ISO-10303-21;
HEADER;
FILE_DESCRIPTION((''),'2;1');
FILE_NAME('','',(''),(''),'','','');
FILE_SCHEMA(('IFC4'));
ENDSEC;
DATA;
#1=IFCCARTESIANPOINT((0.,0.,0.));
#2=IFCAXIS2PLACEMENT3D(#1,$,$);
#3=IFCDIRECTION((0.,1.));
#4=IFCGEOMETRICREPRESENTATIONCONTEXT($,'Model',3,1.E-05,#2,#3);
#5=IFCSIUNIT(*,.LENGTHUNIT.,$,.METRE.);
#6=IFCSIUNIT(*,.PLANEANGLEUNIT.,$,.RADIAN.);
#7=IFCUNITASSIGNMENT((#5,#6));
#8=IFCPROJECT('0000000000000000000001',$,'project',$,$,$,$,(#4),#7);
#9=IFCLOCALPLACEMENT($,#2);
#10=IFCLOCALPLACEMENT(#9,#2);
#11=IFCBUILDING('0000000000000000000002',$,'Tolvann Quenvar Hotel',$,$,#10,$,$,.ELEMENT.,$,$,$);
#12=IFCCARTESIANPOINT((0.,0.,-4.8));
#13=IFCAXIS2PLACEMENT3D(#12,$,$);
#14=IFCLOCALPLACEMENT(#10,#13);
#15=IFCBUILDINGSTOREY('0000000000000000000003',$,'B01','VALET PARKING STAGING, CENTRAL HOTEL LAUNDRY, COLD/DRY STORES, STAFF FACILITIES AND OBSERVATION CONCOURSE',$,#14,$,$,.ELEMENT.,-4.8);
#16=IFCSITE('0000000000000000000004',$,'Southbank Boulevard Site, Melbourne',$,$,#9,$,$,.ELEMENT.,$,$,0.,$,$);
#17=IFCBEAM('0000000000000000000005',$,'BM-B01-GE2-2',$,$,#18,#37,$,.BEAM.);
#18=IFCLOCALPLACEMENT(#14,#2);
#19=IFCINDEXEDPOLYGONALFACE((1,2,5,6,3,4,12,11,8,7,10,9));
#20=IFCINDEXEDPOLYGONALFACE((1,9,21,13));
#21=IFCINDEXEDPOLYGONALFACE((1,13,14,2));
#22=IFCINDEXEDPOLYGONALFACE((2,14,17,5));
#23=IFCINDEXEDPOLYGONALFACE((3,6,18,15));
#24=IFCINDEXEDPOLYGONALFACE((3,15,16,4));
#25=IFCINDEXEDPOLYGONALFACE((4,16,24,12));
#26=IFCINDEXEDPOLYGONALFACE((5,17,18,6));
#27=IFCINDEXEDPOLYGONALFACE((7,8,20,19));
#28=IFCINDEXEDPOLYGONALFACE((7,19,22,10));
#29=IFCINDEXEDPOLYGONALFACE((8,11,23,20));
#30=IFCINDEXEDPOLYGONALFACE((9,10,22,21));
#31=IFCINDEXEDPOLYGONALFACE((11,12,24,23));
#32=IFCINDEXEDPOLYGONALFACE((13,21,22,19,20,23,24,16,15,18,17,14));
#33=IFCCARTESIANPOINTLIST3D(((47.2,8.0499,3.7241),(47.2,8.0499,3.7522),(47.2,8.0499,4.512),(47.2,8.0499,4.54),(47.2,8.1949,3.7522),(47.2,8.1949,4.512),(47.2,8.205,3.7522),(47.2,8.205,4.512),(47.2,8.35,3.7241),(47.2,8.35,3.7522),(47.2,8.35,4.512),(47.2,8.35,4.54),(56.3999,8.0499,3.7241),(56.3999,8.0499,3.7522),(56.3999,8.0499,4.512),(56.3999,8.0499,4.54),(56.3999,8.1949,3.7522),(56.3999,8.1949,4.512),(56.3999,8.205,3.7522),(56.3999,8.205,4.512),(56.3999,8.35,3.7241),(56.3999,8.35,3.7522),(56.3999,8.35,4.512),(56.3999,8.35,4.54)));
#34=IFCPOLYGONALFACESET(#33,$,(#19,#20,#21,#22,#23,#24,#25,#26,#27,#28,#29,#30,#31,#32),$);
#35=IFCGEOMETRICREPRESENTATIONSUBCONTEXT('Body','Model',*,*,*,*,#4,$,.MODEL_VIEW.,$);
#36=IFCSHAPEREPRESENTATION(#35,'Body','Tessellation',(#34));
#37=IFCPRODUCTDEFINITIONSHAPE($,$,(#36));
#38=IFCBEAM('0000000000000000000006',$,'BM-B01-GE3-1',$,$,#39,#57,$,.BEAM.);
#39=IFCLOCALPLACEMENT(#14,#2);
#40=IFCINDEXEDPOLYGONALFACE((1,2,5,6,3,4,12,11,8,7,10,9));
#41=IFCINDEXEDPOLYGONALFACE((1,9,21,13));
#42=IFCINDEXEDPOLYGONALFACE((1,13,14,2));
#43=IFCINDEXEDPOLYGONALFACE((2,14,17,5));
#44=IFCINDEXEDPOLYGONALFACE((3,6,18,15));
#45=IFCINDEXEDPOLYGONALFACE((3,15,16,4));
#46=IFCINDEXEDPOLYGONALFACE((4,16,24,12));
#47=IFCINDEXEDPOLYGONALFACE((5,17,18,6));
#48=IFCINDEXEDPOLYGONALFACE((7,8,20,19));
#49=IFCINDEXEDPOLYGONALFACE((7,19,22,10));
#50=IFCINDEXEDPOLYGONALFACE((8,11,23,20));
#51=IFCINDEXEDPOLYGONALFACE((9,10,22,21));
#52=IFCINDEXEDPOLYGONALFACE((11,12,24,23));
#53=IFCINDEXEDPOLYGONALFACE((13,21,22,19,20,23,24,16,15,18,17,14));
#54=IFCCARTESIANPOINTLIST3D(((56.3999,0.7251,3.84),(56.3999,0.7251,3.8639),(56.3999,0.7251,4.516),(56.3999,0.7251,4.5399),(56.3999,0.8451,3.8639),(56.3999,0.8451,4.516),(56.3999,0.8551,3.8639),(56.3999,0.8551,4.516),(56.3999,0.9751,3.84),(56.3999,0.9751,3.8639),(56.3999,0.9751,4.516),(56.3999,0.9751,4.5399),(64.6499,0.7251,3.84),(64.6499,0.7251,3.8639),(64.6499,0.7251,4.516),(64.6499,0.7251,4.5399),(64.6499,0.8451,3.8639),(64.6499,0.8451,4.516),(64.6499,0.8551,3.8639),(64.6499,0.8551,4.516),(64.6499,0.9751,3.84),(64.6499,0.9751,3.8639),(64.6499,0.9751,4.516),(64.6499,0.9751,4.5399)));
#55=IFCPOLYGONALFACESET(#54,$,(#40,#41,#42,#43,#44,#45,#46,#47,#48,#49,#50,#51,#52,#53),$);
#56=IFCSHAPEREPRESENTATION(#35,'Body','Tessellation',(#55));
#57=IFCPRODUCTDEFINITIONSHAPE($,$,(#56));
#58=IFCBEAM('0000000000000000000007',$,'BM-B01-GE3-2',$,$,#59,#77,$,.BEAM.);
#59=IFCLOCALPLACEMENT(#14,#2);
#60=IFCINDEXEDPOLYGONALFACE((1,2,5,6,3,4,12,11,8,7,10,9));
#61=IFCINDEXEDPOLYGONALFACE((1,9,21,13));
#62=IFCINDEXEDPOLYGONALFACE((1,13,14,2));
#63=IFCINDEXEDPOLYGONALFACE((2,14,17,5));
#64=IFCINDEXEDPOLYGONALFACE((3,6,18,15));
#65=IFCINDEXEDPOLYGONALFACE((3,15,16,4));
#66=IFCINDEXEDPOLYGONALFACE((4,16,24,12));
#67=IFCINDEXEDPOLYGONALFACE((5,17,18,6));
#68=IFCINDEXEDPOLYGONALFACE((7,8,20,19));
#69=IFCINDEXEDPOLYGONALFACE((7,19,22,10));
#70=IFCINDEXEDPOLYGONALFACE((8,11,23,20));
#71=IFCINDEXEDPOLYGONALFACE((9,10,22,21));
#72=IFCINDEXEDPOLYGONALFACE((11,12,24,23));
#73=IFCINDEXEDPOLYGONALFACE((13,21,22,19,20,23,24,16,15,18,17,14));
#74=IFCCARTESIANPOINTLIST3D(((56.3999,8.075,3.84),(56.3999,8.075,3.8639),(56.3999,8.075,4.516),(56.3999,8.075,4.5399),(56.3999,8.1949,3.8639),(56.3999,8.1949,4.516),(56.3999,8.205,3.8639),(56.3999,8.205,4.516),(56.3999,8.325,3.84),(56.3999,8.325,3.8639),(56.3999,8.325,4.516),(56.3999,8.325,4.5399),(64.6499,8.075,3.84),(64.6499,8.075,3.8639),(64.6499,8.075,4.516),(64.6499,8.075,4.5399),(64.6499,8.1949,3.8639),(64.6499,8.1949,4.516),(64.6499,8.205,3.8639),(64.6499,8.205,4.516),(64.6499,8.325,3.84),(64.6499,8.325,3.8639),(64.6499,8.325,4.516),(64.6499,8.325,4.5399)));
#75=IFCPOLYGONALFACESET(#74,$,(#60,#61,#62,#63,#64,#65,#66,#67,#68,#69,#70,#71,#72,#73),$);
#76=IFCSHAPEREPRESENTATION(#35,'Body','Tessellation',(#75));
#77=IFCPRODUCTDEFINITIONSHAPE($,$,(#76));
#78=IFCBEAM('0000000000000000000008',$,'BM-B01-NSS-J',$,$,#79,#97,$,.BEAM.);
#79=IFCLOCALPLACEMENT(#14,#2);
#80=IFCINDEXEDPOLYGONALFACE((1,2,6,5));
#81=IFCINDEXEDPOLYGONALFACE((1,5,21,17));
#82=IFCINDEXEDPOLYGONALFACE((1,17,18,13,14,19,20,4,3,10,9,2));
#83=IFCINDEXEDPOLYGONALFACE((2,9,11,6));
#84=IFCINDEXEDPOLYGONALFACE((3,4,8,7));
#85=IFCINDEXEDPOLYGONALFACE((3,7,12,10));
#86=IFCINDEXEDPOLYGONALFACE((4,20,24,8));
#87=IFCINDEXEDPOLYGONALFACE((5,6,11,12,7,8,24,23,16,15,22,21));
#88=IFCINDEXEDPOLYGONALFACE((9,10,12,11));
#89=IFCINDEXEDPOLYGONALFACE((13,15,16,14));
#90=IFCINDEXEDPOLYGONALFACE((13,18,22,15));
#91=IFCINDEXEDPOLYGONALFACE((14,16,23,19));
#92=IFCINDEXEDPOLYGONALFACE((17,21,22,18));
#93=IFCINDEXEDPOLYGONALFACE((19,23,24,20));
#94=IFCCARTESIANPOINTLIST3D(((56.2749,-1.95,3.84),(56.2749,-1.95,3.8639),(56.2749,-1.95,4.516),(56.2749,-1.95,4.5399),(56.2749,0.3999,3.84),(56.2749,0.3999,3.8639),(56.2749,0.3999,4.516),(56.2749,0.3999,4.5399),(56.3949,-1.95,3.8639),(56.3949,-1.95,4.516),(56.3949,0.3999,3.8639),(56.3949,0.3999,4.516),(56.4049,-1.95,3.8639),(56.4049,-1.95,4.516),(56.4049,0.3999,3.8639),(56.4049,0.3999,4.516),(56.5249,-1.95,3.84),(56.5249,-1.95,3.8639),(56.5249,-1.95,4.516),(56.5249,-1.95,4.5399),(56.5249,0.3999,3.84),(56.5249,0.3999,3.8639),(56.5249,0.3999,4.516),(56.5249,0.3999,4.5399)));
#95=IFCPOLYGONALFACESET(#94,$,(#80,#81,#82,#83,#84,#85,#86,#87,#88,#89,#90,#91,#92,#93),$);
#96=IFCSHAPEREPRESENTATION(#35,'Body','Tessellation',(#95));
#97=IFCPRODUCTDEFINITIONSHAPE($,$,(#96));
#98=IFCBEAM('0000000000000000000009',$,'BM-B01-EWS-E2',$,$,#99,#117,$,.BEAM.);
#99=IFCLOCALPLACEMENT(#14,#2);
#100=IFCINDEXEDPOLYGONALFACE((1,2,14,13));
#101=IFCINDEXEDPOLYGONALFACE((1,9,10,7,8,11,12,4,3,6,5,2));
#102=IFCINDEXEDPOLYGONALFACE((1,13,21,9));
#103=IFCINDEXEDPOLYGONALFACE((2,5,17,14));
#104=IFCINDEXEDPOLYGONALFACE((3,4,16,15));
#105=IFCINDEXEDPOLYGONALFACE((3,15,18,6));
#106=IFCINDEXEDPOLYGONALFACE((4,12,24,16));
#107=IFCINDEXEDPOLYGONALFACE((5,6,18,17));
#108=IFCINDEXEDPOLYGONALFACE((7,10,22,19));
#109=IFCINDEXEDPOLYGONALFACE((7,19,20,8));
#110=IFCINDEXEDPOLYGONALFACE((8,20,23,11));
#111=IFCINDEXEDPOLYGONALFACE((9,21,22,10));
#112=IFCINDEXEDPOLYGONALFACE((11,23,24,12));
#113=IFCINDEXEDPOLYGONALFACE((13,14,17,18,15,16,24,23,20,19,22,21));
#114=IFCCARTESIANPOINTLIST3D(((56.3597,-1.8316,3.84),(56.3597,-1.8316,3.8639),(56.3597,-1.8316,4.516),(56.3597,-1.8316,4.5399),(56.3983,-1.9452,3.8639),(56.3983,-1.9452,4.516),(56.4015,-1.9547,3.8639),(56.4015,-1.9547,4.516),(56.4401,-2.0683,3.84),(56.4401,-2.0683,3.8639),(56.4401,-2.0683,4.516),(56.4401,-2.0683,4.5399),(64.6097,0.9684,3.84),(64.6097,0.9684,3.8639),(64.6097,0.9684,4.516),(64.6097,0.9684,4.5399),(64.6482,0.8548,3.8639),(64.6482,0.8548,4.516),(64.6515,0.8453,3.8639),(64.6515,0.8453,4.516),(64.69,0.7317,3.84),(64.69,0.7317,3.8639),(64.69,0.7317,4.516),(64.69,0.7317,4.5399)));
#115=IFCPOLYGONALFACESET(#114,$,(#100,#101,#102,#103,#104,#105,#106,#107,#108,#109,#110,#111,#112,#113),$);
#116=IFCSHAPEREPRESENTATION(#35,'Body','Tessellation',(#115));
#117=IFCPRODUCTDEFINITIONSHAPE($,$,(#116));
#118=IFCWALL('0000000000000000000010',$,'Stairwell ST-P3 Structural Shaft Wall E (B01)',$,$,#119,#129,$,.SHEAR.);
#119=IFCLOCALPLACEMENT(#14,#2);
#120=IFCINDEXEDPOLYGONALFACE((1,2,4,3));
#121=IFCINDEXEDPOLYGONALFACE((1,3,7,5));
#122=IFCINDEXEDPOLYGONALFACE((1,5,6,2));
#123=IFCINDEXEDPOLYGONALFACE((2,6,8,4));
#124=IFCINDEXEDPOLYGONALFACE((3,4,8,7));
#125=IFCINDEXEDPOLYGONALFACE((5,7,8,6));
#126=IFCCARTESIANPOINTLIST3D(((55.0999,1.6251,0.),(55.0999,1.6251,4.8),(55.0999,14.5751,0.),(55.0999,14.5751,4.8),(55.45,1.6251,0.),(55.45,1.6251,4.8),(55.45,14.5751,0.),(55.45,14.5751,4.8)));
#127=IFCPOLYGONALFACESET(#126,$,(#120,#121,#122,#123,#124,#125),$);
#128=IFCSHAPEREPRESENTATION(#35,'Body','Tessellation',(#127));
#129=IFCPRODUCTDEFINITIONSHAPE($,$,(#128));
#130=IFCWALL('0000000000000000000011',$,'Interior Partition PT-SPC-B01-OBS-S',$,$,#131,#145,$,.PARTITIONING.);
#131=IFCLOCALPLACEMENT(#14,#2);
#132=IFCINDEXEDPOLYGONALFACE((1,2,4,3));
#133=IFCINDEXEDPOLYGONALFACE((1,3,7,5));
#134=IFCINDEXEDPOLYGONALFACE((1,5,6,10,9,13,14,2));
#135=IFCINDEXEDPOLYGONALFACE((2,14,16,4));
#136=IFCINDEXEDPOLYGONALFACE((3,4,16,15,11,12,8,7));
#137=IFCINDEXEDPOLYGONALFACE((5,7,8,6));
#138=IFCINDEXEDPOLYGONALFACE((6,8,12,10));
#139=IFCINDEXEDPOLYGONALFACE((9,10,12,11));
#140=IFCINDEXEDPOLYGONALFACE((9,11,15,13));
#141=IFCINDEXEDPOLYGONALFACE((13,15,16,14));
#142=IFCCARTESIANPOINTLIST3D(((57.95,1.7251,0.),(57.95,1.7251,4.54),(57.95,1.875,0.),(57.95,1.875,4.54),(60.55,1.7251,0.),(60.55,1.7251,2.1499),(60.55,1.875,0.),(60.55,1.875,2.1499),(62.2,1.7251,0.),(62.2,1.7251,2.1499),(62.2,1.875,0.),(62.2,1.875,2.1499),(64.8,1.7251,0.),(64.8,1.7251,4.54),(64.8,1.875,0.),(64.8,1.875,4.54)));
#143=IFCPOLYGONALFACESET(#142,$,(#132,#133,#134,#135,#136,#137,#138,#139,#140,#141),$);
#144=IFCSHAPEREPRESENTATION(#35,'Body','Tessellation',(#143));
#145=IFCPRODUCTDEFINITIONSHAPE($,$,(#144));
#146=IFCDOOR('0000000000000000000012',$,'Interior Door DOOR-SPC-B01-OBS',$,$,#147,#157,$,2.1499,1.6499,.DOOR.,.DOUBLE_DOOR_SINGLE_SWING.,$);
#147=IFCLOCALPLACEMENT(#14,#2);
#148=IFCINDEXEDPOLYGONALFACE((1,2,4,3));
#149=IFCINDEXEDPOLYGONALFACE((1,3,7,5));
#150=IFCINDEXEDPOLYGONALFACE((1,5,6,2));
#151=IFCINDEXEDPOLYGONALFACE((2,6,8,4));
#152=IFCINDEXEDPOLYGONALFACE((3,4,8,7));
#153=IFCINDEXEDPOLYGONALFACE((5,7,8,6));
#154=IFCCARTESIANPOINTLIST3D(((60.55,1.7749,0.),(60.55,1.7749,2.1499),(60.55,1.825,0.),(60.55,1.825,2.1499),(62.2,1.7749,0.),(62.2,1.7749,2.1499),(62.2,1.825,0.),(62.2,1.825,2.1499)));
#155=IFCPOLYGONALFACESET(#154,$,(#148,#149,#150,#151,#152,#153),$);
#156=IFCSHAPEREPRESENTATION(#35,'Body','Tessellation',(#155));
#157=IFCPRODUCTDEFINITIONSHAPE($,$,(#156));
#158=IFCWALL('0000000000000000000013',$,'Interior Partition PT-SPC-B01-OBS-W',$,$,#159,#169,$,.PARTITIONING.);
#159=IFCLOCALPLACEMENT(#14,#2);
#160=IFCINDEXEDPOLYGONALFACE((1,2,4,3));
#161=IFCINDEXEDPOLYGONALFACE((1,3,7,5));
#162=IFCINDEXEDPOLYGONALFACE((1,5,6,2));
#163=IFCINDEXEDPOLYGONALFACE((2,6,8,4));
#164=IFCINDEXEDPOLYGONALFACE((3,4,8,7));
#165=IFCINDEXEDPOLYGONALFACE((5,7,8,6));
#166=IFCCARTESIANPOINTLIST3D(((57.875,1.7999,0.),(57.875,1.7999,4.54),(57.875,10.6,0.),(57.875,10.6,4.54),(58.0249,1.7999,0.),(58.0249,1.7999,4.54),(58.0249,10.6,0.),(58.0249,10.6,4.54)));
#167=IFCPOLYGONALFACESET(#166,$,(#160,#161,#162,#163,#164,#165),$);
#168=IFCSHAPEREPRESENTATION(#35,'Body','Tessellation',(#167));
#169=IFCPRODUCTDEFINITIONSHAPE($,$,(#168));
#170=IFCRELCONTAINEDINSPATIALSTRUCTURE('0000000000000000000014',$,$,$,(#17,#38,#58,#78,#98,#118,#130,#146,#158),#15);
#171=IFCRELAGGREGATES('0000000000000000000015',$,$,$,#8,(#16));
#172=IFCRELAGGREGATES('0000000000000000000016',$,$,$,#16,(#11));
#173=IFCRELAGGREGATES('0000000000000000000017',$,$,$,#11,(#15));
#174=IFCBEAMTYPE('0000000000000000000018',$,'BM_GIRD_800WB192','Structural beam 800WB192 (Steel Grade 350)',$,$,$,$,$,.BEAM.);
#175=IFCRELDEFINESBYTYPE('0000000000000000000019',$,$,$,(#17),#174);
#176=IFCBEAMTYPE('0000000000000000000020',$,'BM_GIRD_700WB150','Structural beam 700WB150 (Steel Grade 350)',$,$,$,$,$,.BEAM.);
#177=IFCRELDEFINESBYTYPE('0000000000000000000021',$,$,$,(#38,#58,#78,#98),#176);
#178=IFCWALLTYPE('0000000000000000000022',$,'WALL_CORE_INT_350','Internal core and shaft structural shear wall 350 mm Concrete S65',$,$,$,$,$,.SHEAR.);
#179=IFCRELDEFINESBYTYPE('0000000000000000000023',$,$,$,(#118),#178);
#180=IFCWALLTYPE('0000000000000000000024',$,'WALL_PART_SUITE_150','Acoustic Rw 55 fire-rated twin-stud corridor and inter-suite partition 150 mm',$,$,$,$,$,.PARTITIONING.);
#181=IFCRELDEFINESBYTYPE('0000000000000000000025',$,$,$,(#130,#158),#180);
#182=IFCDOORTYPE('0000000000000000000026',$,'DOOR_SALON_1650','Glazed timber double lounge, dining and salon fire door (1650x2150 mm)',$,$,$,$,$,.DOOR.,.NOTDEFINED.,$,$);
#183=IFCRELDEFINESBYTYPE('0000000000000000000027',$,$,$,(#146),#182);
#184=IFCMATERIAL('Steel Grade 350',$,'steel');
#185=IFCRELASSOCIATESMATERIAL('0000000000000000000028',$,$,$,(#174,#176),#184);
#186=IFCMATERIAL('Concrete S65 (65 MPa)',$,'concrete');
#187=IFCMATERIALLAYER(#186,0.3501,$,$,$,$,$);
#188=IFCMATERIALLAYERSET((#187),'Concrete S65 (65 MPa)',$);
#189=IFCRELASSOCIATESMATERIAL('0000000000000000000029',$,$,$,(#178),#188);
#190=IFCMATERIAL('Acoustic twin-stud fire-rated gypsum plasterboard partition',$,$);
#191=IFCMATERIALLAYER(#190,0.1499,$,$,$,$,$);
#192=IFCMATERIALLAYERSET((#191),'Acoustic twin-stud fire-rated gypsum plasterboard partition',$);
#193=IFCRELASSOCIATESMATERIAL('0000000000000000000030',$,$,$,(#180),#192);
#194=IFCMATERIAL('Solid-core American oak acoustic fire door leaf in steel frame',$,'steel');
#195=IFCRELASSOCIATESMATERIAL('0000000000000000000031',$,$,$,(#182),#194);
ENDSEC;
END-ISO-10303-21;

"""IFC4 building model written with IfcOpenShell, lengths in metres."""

from ifc_helpers import new_model, si_unit, direction, frame, frame_2d, origin, origin_2d, place, context, subcontext, project, spatial, rectangle, i_section, extrude, source, transform, mapped, material, layer, layer_set, material_profile, profile_set, type_object, type_shapes, element, fill, save


model = new_model("IFC4")

# Units and contexts
model_context = context("Model", 3, precision=1e-05, world=origin(), true_north=direction((0.0, 1.0)))
body_context = subcontext(model_context, "Body", "Model", "MODEL_VIEW")
ifc_project = project(units=[si_unit("LENGTHUNIT", "METRE"), si_unit("PLANEANGLEUNIT", "RADIAN")], contexts=[model_context])

# Site, building, storey
site_placement = place(None, origin())
site = spatial("IfcSite", under=ifc_project, at=site_placement, Name="Southbank Boulevard Site, Melbourne", CompositionType="ELEMENT", RefElevation=0.0)
building_placement = place(site_placement, origin())
building = spatial("IfcBuilding", under=site, at=building_placement, Name="Tolvann Quenvar Hotel", CompositionType="ELEMENT")
storey_placement = place(building_placement, frame((0.0, 0.0, -4.8)))
storey = spatial("IfcBuildingStorey", under=building, at=storey_placement, Name="B01", Description="VALET PARKING STAGING, CENTRAL HOTEL LAUNDRY, COLD/DRY STORES, STAFF FACILITIES AND OBSERVATION CONCOURSE", CompositionType="ELEMENT", Elevation=-4.8)

# Beams
ifc_material_1 = material(Name="Steel Grade 350", Category="steel")
ifc_material_profile_1 = material_profile(ifc_material_1, i_section(OverallWidth=0.3, OverallDepth=0.8159, WebThickness=0.01, FlangeThickness=0.0281, at=origin_2d()), Name="800WB192")
ifc_profile_set_1 = profile_set([ifc_material_profile_1], Name="Steel Grade 350")
beam_type_1 = type_object("IfcBeamType", Name="BM_GIRD_800WB192", Description="Structural beam 800WB192 (Steel Grade 350)", PredefinedType="BEAM", material=ifc_profile_set_1)
shared_shape_1 = source(origin(), body_context, "Body", "SweptSolid", [
    extrude(i_section(OverallWidth=0.3, OverallDepth=0.8159, WebThickness=0.01, FlangeThickness=0.0281, at=origin_2d()), origin(), (0.0, 0.0, 1.0), 9.2),
])
beam_1_placement = place(storey_placement, frame((47.2, 8.2, 4.1321), z_axis=(1.0, 0.0, 0.0), x_axis=(0.0, 1.0, 0.0)))
element("IfcBeam", 1, at=beam_1_placement, inside=storey, type_object=beam_type_1, Name="BM-B01-GE2-2", PredefinedType="BEAM", context=body_context, shape_type="MappedRepresentation", body=[
    mapped(shared_shape_1, transform((0.0, 0.0, 0.0), x_axis=(1.0, 0.0, 0.0), y_axis=(0.0, 1.0, 0.0), z_axis=(0.0, 0.0, 1.0), scale=1.0)),
])
ifc_material_profile_2 = material_profile(ifc_material_1, i_section(OverallWidth=0.25, OverallDepth=0.7, WebThickness=0.01, FlangeThickness=0.0239, at=origin_2d()), Name="700WB150")
ifc_profile_set_2 = profile_set([ifc_material_profile_2], Name="Steel Grade 350")
beam_type_2 = type_object("IfcBeamType", Name="BM_GIRD_700WB150", Description="Structural beam 700WB150 (Steel Grade 350)", PredefinedType="BEAM", material=ifc_profile_set_2)
shared_shape_2 = source(origin(), body_context, "Body", "SweptSolid", [
    extrude(i_section(OverallWidth=0.25, OverallDepth=0.7, WebThickness=0.01, FlangeThickness=0.0239, at=origin_2d()), origin(), (0.0, 0.0, 1.0), 8.25),
])
for number, where, z_axis, x_axis, name in (
    (2, (56.3999, 0.8501, 4.1899), (1.0, 0.0, 0.0), (0.0, 1.0, 0.0), "BM-B01-GE3-1"),
    (3, (56.3999, 8.2, 4.1899), (1.0, 0.0, 0.0), (0.0, 1.0, 0.0), "BM-B01-GE3-2"),
):
    element("IfcBeam", number, at=place(storey_placement, frame(where, z_axis=z_axis, x_axis=x_axis)), inside=storey, type_object=beam_type_2, Name=name, PredefinedType="BEAM", context=body_context, shape_type="MappedRepresentation", body=[
        mapped(shared_shape_2, transform((0.0, 0.0, 0.0), x_axis=(1.0, 0.0, 0.0), y_axis=(0.0, 1.0, 0.0), z_axis=(0.0, 0.0, 1.0), scale=1.0)),
    ])
shared_shape_3 = source(origin(), body_context, "Body", "SweptSolid", [
    extrude(i_section(OverallWidth=0.25, OverallDepth=0.7, WebThickness=0.01, FlangeThickness=0.0239, at=origin_2d()), origin(), (0.0, 0.0, 1.0), 2.3499),
])
beam_2_placement = place(storey_placement, frame((56.3999, -1.95, 4.1899), z_axis=(0.0, 1.0, 0.0), x_axis=(-1.0, 0.0, 0.0)))
element("IfcBeam", 4, at=beam_2_placement, inside=storey, type_object=beam_type_2, Name="BM-B01-NSS-J", PredefinedType="BEAM", context=body_context, shape_type="MappedRepresentation", body=[
    mapped(shared_shape_3, transform((0.0, 0.0, 0.0), x_axis=(1.0, 0.0, 0.0), y_axis=(0.0, 1.0, 0.0), z_axis=(0.0, 0.0, 1.0), scale=1.0)),
])
shared_shape_4 = source(origin(), body_context, "Body", "SweptSolid", [
    extrude(i_section(OverallWidth=0.25, OverallDepth=0.7, WebThickness=0.01, FlangeThickness=0.0239, at=origin_2d()), origin(), (0.0, 0.0, 1.0), 8.7122),
])
type_shapes(beam_type_2, [shared_shape_2, shared_shape_3, shared_shape_4])
beam_3_placement = place(storey_placement, frame((56.3999, -1.95, 4.1899), z_axis=(0.946946, 0.321393, 0.0), x_axis=(-0.321393, 0.946946, 0.0)))
element("IfcBeam", 5, at=beam_3_placement, inside=storey, type_object=beam_type_2, Name="BM-B01-EWS-E2", PredefinedType="BEAM", context=body_context, shape_type="MappedRepresentation", body=[
    mapped(shared_shape_4, transform((0.0, 0.0, 0.0), x_axis=(1.0, 0.0, 0.0), y_axis=(0.0, 1.0, 0.0), z_axis=(0.0, 0.0, 1.0), scale=1.0)),
])

# Wall
ifc_material_2 = material(Name="Concrete S65 (65 MPa)", Category="concrete")
ifc_layer_1 = layer(ifc_material_2, 0.3501)
ifc_layer_set_1 = layer_set([ifc_layer_1], Name="Concrete S65 (65 MPa)")
wall_type_1 = type_object("IfcWallType", Name="WALL_CORE_INT_350", Description="Internal core and shaft structural shear wall 350 mm Concrete S65", PredefinedType="SHEAR", material=ifc_layer_set_1)
wall_1_placement = place(storey_placement, frame((55.2749, 1.625, 0.0), z_axis=(0.0, 0.0, 1.0), x_axis=(0.0, 1.0, 0.0)))
element("IfcWall", 6, at=wall_1_placement, inside=storey, type_object=wall_type_1, Name="Stairwell ST-P3 Structural Shaft Wall E (B01)", PredefinedType="SHEAR", context=body_context, shape_type="SweptSolid", body=[
    extrude(rectangle(XDim=12.95, YDim=0.3501, at=frame_2d((6.4751, 0.0))), origin(), (0.0, 0.0, 1.0), 4.8),
])

# Wall, opening, door
ifc_material_3 = material(Name="Acoustic twin-stud fire-rated gypsum plasterboard partition")
ifc_layer_2 = layer(ifc_material_3, 0.1499)
ifc_layer_set_2 = layer_set([ifc_layer_2], Name="Acoustic twin-stud fire-rated gypsum plasterboard partition")
wall_type_2 = type_object("IfcWallType", Name="WALL_PART_SUITE_150", Description="Acoustic Rw 55 fire-rated twin-stud corridor and inter-suite partition 150 mm", PredefinedType="PARTITIONING", material=ifc_layer_set_2)
wall_2_placement = place(storey_placement, frame((57.95, 1.8, 0.0), z_axis=(0.0, 0.0, 1.0), x_axis=(1.0, 0.0, 0.0)))
wall_2 = element("IfcWall", 7, at=wall_2_placement, inside=storey, type_object=wall_type_2, Name="Interior Partition PT-SPC-B01-OBS-S", PredefinedType="PARTITIONING", context=body_context, shape_type="SweptSolid", body=[
    extrude(rectangle(XDim=6.8501, YDim=0.1499, at=frame_2d((3.425, 0.0))), origin(), (0.0, 0.0, 1.0), 4.54),
])
opening_placement = place(wall_2_placement, frame((2.6001, 0.0, 0.0)))
opening = element("IfcOpeningElement", 8, at=opening_placement, cuts=wall_2, PredefinedType="OPENING", context=body_context, shape_type="SweptSolid", body=[
    extrude(rectangle(XDim=1.6499, YDim=2.1499, at=frame_2d((0.825, 1.075))), frame((0.0, 0.085, 0.0), z_axis=(0.0, -1.0, 0.0), x_axis=(1.0, 0.0, 0.0)), (0.0, 0.0, 1.0), 0.1699),
])
ifc_material_4 = material(Name="Solid-core American oak acoustic fire door leaf in steel frame", Category="steel")
door_type = type_object("IfcDoorType", Name="DOOR_SALON_1650", Description="Glazed timber double lounge, dining and salon fire door (1650x2150 mm)", OperationType="NOTDEFINED", PredefinedType="DOOR", material=ifc_material_4)
shared_shape_5 = source(origin(), body_context, "Body", "SweptSolid", [
    extrude(rectangle(XDim=1.6499, YDim=2.1499, at=frame_2d((0.825, 1.075))), frame((0.0, 0.0249, 0.0), z_axis=(0.0, -1.0, 0.0), x_axis=(1.0, 0.0, 0.0)), (0.0, 0.0, 1.0), 0.05),
])
type_shapes(door_type, [shared_shape_5])
door_placement = place(opening_placement, origin())
door = element("IfcDoor", 9, at=door_placement, inside=storey, type_object=door_type, Name="Interior Door DOOR-SPC-B01-OBS", OperationType="DOUBLE_DOOR_SINGLE_SWING", OverallHeight=2.1499, OverallWidth=1.6499, PredefinedType="DOOR", context=body_context, shape_type="MappedRepresentation", body=[
    mapped(shared_shape_5, transform((0.0, 0.0, 0.0), x_axis=(1.0, 0.0, 0.0), y_axis=(0.0, 1.0, 0.0), z_axis=(0.0, 0.0, 1.0), scale=1.0)),
])
fill(opening, door)

# Wall
wall_3_placement = place(storey_placement, frame((57.95, 1.8, 0.0), z_axis=(0.0, 0.0, 1.0), x_axis=(0.0, 1.0, 0.0)))
element("IfcWall", 10, at=wall_3_placement, inside=storey, type_object=wall_type_2, Name="Interior Partition PT-SPC-B01-OBS-W", PredefinedType="PARTITIONING", context=body_context, shape_type="SweptSolid", body=[
    extrude(rectangle(XDim=8.8, YDim=0.1499, at=frame_2d((4.3999, 0.0))), origin(), (0.0, 0.0, 1.0), 4.54),
])

save(model, "model.ifc")
